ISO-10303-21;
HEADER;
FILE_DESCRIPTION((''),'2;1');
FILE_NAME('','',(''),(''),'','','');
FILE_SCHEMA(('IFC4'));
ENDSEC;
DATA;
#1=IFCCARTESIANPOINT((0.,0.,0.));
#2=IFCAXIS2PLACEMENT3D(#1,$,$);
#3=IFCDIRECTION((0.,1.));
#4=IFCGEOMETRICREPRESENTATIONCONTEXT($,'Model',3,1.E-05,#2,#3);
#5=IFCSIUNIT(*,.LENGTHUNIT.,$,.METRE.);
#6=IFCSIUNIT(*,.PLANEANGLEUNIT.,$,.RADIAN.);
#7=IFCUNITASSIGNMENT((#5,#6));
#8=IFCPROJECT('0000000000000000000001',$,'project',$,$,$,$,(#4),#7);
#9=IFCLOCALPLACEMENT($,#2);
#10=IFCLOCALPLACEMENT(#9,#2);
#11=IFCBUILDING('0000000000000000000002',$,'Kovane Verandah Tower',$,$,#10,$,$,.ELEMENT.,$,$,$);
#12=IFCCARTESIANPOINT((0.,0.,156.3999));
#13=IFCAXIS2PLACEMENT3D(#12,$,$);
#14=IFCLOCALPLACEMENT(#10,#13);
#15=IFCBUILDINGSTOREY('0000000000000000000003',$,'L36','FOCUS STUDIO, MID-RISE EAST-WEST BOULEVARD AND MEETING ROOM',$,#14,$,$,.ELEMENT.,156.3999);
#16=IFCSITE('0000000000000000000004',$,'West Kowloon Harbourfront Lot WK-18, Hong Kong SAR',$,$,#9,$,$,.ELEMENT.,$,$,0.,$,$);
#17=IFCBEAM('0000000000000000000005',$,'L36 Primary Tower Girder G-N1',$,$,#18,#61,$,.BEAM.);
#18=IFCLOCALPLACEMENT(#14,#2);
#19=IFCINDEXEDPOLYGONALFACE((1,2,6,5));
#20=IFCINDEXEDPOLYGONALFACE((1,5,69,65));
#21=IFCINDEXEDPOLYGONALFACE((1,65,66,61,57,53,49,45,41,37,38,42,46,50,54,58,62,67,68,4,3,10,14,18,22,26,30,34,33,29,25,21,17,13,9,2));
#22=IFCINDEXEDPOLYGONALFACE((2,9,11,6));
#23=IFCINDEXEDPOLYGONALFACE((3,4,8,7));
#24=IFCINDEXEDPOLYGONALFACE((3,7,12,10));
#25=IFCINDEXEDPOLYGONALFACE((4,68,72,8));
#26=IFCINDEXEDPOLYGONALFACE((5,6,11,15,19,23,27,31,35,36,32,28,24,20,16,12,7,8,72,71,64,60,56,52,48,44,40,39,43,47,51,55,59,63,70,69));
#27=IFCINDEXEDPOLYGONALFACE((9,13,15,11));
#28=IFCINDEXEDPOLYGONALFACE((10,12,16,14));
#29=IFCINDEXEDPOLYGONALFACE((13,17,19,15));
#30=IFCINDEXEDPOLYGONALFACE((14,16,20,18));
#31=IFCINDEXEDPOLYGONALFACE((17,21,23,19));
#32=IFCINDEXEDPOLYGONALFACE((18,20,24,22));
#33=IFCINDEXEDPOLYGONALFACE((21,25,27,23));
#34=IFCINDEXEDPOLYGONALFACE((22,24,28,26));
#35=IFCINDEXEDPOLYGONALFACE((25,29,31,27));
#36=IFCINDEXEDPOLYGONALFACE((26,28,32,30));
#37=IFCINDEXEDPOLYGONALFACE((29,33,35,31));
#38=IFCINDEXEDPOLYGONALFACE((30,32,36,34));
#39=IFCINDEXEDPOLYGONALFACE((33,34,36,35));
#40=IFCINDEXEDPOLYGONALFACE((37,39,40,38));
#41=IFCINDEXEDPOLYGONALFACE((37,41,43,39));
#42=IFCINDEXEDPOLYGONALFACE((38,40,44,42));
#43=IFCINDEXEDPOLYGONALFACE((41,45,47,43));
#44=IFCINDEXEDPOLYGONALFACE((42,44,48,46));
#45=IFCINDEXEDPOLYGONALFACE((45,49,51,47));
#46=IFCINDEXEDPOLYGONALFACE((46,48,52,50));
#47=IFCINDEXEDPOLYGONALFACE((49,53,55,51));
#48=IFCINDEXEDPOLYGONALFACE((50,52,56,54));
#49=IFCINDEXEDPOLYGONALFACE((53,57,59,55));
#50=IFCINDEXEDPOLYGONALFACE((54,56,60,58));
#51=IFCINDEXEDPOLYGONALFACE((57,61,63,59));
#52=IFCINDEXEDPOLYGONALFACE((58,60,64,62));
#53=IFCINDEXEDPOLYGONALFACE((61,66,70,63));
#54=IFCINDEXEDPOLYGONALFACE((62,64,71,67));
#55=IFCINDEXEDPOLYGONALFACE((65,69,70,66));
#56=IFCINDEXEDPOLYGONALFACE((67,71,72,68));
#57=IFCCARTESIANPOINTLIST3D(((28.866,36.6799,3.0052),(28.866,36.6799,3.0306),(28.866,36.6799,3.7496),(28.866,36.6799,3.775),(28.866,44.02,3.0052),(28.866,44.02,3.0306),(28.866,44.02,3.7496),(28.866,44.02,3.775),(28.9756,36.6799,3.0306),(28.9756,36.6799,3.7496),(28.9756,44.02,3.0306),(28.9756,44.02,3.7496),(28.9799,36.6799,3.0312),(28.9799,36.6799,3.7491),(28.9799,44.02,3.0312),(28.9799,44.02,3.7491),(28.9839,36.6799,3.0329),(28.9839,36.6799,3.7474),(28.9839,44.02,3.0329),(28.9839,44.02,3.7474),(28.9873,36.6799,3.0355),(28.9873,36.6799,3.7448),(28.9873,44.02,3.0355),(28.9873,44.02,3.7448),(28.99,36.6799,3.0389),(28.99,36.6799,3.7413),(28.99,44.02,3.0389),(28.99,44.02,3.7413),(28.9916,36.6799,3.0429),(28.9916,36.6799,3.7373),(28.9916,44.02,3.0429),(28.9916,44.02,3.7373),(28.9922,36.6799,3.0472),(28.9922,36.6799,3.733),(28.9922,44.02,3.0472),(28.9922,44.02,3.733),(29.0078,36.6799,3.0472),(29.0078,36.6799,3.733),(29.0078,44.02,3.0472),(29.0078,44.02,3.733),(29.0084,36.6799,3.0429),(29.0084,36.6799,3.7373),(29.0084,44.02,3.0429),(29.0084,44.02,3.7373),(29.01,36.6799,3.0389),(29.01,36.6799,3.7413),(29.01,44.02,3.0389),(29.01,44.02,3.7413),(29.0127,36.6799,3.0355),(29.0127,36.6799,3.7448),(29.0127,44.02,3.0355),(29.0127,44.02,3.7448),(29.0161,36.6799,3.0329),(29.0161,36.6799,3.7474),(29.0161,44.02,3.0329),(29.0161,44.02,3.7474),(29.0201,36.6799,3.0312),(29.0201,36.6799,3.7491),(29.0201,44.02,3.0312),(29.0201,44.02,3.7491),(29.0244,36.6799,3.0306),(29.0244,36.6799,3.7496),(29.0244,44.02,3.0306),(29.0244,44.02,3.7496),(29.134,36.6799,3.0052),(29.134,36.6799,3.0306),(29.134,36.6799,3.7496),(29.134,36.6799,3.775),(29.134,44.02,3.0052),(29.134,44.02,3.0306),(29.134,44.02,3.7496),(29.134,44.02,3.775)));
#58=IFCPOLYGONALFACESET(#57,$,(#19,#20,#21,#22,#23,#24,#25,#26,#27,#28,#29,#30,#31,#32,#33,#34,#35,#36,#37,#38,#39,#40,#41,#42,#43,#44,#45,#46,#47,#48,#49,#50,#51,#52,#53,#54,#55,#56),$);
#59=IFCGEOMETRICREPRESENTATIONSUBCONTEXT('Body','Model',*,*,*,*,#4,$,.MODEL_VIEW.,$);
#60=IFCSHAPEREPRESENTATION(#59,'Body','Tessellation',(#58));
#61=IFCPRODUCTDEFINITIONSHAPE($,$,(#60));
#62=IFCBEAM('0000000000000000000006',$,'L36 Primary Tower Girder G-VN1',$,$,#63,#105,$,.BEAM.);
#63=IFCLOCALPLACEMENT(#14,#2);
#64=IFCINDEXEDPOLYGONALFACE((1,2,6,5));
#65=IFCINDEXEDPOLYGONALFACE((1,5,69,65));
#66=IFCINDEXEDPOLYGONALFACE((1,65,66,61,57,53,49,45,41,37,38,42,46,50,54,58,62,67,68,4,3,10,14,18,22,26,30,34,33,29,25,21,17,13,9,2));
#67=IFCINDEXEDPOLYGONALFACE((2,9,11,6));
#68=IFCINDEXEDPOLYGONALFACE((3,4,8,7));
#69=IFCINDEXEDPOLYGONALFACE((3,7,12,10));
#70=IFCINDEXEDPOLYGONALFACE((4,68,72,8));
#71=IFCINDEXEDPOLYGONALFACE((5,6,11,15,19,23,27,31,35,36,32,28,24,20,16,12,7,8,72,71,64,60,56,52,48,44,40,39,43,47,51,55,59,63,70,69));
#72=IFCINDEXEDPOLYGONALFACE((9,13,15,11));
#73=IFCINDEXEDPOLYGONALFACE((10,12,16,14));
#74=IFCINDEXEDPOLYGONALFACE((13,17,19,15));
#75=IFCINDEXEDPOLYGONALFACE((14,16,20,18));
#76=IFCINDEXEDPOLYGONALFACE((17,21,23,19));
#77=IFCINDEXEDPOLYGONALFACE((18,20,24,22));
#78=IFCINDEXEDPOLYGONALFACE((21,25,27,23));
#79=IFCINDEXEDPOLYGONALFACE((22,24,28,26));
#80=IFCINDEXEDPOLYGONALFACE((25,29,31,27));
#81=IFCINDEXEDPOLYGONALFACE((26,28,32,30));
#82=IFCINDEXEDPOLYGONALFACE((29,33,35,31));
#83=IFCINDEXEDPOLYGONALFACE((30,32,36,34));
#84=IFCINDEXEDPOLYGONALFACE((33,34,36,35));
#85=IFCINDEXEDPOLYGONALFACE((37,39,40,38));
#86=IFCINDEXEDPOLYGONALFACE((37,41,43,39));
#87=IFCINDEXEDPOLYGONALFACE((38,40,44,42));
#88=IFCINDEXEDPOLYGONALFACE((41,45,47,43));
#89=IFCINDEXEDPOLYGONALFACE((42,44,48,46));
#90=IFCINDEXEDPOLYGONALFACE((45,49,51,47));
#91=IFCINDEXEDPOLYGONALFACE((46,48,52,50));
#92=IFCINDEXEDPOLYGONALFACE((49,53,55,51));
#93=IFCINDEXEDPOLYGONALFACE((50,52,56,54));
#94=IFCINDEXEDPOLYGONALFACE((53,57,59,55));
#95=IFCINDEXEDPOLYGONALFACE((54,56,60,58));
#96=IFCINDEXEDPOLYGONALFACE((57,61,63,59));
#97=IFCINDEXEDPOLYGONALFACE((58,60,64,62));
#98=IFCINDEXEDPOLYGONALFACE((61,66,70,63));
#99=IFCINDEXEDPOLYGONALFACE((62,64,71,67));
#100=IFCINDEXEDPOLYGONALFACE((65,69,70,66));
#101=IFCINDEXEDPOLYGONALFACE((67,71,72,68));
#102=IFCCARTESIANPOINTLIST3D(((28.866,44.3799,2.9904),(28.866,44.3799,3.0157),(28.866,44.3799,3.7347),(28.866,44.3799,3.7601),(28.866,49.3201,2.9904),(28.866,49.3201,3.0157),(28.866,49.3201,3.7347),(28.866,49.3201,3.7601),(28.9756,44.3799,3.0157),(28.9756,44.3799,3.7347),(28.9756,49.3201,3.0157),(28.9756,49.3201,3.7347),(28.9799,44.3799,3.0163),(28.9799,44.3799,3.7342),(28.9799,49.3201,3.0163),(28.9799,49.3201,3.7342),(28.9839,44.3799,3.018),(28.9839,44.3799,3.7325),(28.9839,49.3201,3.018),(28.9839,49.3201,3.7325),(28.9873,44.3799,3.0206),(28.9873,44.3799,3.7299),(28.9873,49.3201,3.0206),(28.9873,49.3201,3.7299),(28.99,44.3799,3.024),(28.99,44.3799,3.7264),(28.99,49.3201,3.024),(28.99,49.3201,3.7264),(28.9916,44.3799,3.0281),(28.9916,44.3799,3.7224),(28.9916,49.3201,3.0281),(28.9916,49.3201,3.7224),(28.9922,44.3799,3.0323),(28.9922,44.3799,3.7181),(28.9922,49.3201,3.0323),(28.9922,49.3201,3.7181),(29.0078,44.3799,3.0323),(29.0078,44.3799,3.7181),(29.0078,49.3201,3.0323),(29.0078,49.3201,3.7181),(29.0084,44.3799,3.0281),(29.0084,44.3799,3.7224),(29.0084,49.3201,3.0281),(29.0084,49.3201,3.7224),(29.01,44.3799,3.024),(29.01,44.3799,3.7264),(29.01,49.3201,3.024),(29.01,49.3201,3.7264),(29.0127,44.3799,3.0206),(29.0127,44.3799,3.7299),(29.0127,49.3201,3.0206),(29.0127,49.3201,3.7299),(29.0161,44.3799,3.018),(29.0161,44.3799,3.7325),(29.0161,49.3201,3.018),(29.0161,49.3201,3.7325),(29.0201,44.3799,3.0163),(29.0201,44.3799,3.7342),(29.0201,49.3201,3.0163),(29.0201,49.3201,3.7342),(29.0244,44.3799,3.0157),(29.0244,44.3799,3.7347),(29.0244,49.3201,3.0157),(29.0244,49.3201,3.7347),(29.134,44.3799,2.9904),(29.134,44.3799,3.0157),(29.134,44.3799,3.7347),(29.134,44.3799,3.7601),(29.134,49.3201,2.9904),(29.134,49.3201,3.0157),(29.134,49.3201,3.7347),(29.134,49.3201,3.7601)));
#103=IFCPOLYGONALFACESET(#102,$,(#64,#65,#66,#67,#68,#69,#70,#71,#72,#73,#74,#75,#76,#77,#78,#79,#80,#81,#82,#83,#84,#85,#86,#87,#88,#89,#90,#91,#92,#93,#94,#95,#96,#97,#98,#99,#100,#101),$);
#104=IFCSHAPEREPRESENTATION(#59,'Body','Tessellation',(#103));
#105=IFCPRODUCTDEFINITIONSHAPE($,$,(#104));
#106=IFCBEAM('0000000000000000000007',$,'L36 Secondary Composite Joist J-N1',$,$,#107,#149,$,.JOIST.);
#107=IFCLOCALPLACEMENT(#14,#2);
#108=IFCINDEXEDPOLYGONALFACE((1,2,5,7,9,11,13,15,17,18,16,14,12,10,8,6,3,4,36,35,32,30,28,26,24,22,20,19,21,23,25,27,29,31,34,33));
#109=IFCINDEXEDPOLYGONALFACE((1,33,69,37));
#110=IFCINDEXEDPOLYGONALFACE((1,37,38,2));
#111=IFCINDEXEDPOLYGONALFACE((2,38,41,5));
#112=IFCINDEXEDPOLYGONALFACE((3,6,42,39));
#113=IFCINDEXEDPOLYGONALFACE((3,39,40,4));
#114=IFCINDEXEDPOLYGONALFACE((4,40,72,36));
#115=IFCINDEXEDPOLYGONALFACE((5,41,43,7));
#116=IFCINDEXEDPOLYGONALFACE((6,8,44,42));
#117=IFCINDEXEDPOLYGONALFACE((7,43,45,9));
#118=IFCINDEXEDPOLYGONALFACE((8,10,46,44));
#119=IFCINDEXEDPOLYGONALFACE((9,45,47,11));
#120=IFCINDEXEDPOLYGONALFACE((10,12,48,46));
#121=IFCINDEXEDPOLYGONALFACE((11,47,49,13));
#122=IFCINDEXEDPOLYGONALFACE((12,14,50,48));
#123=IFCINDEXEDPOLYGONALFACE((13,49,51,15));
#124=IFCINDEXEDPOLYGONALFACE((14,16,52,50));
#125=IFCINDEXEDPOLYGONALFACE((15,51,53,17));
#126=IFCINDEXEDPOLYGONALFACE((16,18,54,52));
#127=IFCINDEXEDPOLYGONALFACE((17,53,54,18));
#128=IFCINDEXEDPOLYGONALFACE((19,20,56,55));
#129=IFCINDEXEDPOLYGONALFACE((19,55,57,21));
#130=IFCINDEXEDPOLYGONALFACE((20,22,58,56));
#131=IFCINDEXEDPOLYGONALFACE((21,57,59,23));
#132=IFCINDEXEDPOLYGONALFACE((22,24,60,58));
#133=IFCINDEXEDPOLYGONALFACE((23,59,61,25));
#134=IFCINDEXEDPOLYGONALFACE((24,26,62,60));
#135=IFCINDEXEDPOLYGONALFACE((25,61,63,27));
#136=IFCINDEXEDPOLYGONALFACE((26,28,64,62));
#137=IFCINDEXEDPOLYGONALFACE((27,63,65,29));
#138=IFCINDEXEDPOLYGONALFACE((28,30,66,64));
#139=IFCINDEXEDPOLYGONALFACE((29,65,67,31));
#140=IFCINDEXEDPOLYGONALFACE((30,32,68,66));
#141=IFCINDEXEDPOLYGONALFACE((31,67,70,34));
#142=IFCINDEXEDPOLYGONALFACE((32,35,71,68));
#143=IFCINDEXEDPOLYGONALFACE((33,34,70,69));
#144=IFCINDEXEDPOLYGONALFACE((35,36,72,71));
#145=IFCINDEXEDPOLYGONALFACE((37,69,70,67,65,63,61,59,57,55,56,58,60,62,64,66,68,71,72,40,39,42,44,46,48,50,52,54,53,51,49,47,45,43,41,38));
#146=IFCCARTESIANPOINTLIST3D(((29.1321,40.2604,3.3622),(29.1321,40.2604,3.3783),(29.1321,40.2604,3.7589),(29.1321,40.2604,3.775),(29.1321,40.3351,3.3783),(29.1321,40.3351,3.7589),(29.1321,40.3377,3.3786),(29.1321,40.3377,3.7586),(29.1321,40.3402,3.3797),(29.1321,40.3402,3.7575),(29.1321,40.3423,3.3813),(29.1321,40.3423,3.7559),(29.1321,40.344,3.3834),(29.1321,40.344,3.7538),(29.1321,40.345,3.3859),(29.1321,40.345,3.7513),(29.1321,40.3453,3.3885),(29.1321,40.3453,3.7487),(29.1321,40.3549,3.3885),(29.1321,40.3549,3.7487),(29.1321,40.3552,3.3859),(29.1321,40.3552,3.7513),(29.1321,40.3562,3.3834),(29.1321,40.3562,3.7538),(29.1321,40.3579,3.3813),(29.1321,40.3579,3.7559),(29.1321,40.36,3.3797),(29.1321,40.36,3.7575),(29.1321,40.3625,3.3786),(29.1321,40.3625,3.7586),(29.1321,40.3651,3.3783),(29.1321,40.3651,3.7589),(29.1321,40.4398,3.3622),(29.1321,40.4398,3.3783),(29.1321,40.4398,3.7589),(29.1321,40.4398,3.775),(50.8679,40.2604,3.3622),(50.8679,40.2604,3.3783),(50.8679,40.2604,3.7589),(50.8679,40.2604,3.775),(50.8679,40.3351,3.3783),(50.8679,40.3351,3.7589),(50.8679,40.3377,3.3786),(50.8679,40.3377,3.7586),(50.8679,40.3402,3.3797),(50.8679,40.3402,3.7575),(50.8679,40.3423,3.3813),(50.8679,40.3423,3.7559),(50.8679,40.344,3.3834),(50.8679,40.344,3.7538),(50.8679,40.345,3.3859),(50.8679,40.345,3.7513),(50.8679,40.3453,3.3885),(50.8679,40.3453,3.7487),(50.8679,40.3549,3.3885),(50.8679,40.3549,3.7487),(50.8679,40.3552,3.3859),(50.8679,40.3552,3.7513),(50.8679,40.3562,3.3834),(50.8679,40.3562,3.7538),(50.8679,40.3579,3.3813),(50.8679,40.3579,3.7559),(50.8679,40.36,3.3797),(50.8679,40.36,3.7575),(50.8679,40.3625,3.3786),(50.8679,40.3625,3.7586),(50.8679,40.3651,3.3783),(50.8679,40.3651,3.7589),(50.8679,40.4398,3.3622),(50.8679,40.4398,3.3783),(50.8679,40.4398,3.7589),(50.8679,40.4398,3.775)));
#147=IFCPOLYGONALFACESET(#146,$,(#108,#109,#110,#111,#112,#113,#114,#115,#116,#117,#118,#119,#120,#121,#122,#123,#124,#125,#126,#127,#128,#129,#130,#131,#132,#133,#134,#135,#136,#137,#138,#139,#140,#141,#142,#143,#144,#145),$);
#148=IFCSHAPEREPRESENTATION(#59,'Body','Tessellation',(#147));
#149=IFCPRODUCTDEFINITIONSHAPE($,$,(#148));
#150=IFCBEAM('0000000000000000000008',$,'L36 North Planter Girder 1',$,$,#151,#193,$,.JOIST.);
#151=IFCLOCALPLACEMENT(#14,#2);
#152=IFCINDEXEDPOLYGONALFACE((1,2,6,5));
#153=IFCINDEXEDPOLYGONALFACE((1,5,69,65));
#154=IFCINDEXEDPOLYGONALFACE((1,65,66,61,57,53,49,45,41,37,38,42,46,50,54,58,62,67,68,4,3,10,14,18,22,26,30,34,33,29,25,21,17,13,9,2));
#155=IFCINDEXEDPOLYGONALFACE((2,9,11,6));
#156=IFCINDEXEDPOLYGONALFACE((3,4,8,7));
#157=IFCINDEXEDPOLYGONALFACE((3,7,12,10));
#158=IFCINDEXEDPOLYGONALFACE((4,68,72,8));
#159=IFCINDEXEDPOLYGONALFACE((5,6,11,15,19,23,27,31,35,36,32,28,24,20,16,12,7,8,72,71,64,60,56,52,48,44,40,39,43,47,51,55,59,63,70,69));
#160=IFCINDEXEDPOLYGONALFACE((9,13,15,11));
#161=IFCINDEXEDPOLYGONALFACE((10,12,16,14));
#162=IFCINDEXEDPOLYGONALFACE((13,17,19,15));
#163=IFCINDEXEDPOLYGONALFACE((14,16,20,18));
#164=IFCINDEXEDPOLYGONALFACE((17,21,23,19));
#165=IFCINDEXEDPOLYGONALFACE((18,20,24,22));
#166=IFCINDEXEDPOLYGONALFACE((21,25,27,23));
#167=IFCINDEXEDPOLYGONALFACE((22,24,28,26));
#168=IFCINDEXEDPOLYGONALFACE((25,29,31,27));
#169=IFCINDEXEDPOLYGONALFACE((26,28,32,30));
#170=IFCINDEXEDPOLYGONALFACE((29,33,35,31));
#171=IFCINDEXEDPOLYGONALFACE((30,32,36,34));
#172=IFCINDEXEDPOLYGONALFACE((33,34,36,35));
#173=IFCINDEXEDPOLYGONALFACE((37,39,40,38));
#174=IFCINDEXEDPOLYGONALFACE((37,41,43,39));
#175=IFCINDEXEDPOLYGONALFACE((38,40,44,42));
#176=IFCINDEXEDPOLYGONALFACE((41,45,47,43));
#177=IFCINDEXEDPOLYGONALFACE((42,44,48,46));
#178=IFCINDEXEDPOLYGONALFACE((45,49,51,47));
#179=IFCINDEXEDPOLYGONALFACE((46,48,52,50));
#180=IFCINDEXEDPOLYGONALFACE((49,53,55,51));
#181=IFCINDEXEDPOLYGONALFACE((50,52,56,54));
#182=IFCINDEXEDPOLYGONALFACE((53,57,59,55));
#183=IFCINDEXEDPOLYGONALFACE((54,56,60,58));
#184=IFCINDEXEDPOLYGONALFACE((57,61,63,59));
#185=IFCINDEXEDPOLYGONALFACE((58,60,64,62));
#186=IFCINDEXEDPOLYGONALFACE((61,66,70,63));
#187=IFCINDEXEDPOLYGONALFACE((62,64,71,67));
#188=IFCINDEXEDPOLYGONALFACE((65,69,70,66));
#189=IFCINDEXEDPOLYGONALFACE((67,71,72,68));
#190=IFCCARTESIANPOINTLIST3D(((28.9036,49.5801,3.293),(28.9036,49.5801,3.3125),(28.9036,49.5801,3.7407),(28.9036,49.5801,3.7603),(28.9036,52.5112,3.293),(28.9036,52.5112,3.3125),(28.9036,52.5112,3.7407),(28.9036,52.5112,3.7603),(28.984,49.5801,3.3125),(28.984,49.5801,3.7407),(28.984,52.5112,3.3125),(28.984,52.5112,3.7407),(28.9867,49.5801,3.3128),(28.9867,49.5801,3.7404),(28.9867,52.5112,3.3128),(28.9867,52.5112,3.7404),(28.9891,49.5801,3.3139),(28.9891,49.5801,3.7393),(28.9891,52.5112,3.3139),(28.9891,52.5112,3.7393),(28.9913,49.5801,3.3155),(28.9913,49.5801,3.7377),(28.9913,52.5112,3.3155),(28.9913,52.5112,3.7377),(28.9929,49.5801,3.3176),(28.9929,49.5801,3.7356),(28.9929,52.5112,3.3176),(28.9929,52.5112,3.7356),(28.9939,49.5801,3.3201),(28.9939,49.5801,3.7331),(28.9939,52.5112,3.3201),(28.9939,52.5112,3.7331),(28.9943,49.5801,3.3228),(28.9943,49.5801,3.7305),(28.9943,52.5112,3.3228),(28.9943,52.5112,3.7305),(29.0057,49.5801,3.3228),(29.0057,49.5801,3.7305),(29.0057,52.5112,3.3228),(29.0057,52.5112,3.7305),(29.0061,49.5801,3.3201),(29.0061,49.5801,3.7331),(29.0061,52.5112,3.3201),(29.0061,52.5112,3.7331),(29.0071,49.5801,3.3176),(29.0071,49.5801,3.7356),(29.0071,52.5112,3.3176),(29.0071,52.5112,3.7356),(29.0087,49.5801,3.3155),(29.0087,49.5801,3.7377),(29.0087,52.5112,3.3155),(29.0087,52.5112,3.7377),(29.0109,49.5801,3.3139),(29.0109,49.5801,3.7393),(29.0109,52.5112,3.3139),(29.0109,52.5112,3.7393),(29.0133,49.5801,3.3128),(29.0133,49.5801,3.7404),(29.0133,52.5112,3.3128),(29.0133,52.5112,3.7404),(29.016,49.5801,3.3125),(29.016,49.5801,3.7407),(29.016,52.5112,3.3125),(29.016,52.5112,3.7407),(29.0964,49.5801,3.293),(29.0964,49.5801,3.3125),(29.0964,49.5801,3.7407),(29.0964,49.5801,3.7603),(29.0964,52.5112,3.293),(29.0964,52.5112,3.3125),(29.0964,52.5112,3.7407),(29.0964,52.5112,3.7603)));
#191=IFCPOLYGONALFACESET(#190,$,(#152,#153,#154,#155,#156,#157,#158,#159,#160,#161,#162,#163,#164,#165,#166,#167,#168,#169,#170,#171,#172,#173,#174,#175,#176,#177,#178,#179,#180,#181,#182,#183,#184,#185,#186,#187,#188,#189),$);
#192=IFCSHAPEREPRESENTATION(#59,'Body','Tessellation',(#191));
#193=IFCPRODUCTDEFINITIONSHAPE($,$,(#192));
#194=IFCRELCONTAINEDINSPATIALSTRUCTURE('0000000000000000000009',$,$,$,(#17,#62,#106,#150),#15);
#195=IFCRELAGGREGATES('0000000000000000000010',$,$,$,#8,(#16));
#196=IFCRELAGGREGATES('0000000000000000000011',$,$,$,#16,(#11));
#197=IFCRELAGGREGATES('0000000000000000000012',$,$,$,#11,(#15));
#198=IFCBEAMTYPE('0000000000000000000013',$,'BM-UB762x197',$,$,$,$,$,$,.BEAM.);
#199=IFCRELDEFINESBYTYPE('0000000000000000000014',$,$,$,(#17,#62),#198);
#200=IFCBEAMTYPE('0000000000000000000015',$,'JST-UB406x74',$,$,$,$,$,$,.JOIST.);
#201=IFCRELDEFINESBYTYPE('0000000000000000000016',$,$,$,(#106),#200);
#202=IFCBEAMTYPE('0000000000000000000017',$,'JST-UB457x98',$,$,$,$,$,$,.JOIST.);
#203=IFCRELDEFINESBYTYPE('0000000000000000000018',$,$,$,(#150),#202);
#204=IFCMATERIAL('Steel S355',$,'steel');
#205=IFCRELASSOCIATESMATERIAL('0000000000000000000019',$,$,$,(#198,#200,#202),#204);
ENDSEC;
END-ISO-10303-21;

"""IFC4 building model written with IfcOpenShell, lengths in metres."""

from ifc_helpers import new_model, si_unit, direction, frame, origin, origin_2d, place, context, subcontext, project, spatial, i_section, extrude, material, material_profile, profile_set, type_object, element, save


model = new_model("IFC4")

# Units and contexts
model_context = context("Model", 3, precision=1e-05, world=origin(), true_north=direction((0.0, 1.0)))
body_context = subcontext(model_context, "Body", "Model", "MODEL_VIEW")
ifc_project = project(units=[si_unit("LENGTHUNIT", "METRE"), si_unit("PLANEANGLEUNIT", "RADIAN")], contexts=[model_context])

# Site, building, storey
site_placement = place(None, origin())
site = spatial("IfcSite", under=ifc_project, at=site_placement, Name="West Kowloon Harbourfront Lot WK-18, Hong Kong SAR", CompositionType="ELEMENT", RefElevation=0.0)
building_placement = place(site_placement, origin())
building = spatial("IfcBuilding", under=site, at=building_placement, Name="Kovane Verandah Tower", CompositionType="ELEMENT")
storey_placement = place(building_placement, frame((0.0, 0.0, 156.3999)))
storey = spatial("IfcBuildingStorey", under=building, at=storey_placement, Name="L36", Description="FOCUS STUDIO, MID-RISE EAST-WEST BOULEVARD AND MEETING ROOM", CompositionType="ELEMENT", Elevation=156.3999)

# Beams
ifc_material_1 = material(Name="Steel S355", Category="steel")
ifc_material_profile_1 = material_profile(ifc_material_1, i_section(OverallWidth=0.2681, OverallDepth=0.7698, WebThickness=0.0156, FlangeThickness=0.0254, FilletRadius=0.0166, at=origin_2d()), Name="UB762x267x197")
ifc_profile_set_1 = profile_set([ifc_material_profile_1], Name="Steel S355")
beam_type_1 = type_object("IfcBeamType", Name="BM-UB762x197", PredefinedType="BEAM", material=ifc_profile_set_1)
beam_1_placement = place(storey_placement, frame((29.0, 36.6799, 3.3901), z_axis=(0.0, 1.0, 0.0), x_axis=(-1.0, 0.0, 0.0)))
element("IfcBeam", 1, at=beam_1_placement, inside=storey, type_object=beam_type_1, Name="L36 Primary Tower Girder G-N1", PredefinedType="BEAM", context=body_context, shape_type="SweptSolid", body=[
    extrude(i_section(OverallWidth=0.2681, OverallDepth=0.7698, WebThickness=0.0156, FlangeThickness=0.0254, FilletRadius=0.0166, at=origin_2d()), origin(), (0.0, 0.0, 1.0), 7.3401),
])
beam_2_placement = place(storey_placement, frame((29.0, 44.3799, 3.3752), z_axis=(0.0, 1.0, 0.0), x_axis=(-1.0, 0.0, 0.0)))
element("IfcBeam", 2, at=beam_2_placement, inside=storey, type_object=beam_type_1, Name="L36 Primary Tower Girder G-VN1", PredefinedType="BEAM", context=body_context, shape_type="SweptSolid", body=[
    extrude(i_section(OverallWidth=0.2681, OverallDepth=0.7698, WebThickness=0.0156, FlangeThickness=0.0254, FilletRadius=0.0166, at=origin_2d()), origin(), (0.0, 0.0, 1.0), 4.9402),
])
ifc_material_profile_2 = material_profile(ifc_material_1, i_section(OverallWidth=0.1794, OverallDepth=0.4128, WebThickness=0.0095, FlangeThickness=0.0161, FilletRadius=0.0103, at=origin_2d()), Name="UB406x178x74")
ifc_profile_set_2 = profile_set([ifc_material_profile_2], Name="Steel S355")
beam_type_2 = type_object("IfcBeamType", Name="JST-UB406x74", PredefinedType="JOIST", material=ifc_profile_set_2)
beam_3_placement = place(storey_placement, frame((29.1321, 40.3501, 3.5686), z_axis=(1.0, 0.0, 0.0), x_axis=(0.0, 1.0, 0.0)))
element("IfcBeam", 3, at=beam_3_placement, inside=storey, type_object=beam_type_2, Name="L36 Secondary Composite Joist J-N1", PredefinedType="JOIST", context=body_context, shape_type="SweptSolid", body=[
    extrude(i_section(OverallWidth=0.1794, OverallDepth=0.4128, WebThickness=0.0095, FlangeThickness=0.0161, FilletRadius=0.0103, at=origin_2d()), origin(), (0.0, 0.0, 1.0), 21.7358),
])
ifc_material_profile_3 = material_profile(ifc_material_1, i_section(OverallWidth=0.1929, OverallDepth=0.4673, WebThickness=0.0115, FlangeThickness=0.0195, FilletRadius=0.0103, at=origin_2d()), Name="UB457x191x98")
ifc_profile_set_3 = profile_set([ifc_material_profile_3], Name="Steel S355")
beam_type_3 = type_object("IfcBeamType", Name="JST-UB457x98", PredefinedType="JOIST", material=ifc_profile_set_3)
beam_4_placement = place(storey_placement, frame((29.0, 49.5801, 3.5266), z_axis=(0.0, 1.0, 0.0), x_axis=(-1.0, 0.0, 0.0)))
element("IfcBeam", 4, at=beam_4_placement, inside=storey, type_object=beam_type_3, Name="L36 North Planter Girder 1", PredefinedType="JOIST", context=body_context, shape_type="SweptSolid", body=[
    extrude(i_section(OverallWidth=0.1929, OverallDepth=0.4673, WebThickness=0.0115, FlangeThickness=0.0195, FilletRadius=0.0103, at=origin_2d()), origin(), (0.0, 0.0, 1.0), 2.9312),
])

save(model, "model.ifc")
